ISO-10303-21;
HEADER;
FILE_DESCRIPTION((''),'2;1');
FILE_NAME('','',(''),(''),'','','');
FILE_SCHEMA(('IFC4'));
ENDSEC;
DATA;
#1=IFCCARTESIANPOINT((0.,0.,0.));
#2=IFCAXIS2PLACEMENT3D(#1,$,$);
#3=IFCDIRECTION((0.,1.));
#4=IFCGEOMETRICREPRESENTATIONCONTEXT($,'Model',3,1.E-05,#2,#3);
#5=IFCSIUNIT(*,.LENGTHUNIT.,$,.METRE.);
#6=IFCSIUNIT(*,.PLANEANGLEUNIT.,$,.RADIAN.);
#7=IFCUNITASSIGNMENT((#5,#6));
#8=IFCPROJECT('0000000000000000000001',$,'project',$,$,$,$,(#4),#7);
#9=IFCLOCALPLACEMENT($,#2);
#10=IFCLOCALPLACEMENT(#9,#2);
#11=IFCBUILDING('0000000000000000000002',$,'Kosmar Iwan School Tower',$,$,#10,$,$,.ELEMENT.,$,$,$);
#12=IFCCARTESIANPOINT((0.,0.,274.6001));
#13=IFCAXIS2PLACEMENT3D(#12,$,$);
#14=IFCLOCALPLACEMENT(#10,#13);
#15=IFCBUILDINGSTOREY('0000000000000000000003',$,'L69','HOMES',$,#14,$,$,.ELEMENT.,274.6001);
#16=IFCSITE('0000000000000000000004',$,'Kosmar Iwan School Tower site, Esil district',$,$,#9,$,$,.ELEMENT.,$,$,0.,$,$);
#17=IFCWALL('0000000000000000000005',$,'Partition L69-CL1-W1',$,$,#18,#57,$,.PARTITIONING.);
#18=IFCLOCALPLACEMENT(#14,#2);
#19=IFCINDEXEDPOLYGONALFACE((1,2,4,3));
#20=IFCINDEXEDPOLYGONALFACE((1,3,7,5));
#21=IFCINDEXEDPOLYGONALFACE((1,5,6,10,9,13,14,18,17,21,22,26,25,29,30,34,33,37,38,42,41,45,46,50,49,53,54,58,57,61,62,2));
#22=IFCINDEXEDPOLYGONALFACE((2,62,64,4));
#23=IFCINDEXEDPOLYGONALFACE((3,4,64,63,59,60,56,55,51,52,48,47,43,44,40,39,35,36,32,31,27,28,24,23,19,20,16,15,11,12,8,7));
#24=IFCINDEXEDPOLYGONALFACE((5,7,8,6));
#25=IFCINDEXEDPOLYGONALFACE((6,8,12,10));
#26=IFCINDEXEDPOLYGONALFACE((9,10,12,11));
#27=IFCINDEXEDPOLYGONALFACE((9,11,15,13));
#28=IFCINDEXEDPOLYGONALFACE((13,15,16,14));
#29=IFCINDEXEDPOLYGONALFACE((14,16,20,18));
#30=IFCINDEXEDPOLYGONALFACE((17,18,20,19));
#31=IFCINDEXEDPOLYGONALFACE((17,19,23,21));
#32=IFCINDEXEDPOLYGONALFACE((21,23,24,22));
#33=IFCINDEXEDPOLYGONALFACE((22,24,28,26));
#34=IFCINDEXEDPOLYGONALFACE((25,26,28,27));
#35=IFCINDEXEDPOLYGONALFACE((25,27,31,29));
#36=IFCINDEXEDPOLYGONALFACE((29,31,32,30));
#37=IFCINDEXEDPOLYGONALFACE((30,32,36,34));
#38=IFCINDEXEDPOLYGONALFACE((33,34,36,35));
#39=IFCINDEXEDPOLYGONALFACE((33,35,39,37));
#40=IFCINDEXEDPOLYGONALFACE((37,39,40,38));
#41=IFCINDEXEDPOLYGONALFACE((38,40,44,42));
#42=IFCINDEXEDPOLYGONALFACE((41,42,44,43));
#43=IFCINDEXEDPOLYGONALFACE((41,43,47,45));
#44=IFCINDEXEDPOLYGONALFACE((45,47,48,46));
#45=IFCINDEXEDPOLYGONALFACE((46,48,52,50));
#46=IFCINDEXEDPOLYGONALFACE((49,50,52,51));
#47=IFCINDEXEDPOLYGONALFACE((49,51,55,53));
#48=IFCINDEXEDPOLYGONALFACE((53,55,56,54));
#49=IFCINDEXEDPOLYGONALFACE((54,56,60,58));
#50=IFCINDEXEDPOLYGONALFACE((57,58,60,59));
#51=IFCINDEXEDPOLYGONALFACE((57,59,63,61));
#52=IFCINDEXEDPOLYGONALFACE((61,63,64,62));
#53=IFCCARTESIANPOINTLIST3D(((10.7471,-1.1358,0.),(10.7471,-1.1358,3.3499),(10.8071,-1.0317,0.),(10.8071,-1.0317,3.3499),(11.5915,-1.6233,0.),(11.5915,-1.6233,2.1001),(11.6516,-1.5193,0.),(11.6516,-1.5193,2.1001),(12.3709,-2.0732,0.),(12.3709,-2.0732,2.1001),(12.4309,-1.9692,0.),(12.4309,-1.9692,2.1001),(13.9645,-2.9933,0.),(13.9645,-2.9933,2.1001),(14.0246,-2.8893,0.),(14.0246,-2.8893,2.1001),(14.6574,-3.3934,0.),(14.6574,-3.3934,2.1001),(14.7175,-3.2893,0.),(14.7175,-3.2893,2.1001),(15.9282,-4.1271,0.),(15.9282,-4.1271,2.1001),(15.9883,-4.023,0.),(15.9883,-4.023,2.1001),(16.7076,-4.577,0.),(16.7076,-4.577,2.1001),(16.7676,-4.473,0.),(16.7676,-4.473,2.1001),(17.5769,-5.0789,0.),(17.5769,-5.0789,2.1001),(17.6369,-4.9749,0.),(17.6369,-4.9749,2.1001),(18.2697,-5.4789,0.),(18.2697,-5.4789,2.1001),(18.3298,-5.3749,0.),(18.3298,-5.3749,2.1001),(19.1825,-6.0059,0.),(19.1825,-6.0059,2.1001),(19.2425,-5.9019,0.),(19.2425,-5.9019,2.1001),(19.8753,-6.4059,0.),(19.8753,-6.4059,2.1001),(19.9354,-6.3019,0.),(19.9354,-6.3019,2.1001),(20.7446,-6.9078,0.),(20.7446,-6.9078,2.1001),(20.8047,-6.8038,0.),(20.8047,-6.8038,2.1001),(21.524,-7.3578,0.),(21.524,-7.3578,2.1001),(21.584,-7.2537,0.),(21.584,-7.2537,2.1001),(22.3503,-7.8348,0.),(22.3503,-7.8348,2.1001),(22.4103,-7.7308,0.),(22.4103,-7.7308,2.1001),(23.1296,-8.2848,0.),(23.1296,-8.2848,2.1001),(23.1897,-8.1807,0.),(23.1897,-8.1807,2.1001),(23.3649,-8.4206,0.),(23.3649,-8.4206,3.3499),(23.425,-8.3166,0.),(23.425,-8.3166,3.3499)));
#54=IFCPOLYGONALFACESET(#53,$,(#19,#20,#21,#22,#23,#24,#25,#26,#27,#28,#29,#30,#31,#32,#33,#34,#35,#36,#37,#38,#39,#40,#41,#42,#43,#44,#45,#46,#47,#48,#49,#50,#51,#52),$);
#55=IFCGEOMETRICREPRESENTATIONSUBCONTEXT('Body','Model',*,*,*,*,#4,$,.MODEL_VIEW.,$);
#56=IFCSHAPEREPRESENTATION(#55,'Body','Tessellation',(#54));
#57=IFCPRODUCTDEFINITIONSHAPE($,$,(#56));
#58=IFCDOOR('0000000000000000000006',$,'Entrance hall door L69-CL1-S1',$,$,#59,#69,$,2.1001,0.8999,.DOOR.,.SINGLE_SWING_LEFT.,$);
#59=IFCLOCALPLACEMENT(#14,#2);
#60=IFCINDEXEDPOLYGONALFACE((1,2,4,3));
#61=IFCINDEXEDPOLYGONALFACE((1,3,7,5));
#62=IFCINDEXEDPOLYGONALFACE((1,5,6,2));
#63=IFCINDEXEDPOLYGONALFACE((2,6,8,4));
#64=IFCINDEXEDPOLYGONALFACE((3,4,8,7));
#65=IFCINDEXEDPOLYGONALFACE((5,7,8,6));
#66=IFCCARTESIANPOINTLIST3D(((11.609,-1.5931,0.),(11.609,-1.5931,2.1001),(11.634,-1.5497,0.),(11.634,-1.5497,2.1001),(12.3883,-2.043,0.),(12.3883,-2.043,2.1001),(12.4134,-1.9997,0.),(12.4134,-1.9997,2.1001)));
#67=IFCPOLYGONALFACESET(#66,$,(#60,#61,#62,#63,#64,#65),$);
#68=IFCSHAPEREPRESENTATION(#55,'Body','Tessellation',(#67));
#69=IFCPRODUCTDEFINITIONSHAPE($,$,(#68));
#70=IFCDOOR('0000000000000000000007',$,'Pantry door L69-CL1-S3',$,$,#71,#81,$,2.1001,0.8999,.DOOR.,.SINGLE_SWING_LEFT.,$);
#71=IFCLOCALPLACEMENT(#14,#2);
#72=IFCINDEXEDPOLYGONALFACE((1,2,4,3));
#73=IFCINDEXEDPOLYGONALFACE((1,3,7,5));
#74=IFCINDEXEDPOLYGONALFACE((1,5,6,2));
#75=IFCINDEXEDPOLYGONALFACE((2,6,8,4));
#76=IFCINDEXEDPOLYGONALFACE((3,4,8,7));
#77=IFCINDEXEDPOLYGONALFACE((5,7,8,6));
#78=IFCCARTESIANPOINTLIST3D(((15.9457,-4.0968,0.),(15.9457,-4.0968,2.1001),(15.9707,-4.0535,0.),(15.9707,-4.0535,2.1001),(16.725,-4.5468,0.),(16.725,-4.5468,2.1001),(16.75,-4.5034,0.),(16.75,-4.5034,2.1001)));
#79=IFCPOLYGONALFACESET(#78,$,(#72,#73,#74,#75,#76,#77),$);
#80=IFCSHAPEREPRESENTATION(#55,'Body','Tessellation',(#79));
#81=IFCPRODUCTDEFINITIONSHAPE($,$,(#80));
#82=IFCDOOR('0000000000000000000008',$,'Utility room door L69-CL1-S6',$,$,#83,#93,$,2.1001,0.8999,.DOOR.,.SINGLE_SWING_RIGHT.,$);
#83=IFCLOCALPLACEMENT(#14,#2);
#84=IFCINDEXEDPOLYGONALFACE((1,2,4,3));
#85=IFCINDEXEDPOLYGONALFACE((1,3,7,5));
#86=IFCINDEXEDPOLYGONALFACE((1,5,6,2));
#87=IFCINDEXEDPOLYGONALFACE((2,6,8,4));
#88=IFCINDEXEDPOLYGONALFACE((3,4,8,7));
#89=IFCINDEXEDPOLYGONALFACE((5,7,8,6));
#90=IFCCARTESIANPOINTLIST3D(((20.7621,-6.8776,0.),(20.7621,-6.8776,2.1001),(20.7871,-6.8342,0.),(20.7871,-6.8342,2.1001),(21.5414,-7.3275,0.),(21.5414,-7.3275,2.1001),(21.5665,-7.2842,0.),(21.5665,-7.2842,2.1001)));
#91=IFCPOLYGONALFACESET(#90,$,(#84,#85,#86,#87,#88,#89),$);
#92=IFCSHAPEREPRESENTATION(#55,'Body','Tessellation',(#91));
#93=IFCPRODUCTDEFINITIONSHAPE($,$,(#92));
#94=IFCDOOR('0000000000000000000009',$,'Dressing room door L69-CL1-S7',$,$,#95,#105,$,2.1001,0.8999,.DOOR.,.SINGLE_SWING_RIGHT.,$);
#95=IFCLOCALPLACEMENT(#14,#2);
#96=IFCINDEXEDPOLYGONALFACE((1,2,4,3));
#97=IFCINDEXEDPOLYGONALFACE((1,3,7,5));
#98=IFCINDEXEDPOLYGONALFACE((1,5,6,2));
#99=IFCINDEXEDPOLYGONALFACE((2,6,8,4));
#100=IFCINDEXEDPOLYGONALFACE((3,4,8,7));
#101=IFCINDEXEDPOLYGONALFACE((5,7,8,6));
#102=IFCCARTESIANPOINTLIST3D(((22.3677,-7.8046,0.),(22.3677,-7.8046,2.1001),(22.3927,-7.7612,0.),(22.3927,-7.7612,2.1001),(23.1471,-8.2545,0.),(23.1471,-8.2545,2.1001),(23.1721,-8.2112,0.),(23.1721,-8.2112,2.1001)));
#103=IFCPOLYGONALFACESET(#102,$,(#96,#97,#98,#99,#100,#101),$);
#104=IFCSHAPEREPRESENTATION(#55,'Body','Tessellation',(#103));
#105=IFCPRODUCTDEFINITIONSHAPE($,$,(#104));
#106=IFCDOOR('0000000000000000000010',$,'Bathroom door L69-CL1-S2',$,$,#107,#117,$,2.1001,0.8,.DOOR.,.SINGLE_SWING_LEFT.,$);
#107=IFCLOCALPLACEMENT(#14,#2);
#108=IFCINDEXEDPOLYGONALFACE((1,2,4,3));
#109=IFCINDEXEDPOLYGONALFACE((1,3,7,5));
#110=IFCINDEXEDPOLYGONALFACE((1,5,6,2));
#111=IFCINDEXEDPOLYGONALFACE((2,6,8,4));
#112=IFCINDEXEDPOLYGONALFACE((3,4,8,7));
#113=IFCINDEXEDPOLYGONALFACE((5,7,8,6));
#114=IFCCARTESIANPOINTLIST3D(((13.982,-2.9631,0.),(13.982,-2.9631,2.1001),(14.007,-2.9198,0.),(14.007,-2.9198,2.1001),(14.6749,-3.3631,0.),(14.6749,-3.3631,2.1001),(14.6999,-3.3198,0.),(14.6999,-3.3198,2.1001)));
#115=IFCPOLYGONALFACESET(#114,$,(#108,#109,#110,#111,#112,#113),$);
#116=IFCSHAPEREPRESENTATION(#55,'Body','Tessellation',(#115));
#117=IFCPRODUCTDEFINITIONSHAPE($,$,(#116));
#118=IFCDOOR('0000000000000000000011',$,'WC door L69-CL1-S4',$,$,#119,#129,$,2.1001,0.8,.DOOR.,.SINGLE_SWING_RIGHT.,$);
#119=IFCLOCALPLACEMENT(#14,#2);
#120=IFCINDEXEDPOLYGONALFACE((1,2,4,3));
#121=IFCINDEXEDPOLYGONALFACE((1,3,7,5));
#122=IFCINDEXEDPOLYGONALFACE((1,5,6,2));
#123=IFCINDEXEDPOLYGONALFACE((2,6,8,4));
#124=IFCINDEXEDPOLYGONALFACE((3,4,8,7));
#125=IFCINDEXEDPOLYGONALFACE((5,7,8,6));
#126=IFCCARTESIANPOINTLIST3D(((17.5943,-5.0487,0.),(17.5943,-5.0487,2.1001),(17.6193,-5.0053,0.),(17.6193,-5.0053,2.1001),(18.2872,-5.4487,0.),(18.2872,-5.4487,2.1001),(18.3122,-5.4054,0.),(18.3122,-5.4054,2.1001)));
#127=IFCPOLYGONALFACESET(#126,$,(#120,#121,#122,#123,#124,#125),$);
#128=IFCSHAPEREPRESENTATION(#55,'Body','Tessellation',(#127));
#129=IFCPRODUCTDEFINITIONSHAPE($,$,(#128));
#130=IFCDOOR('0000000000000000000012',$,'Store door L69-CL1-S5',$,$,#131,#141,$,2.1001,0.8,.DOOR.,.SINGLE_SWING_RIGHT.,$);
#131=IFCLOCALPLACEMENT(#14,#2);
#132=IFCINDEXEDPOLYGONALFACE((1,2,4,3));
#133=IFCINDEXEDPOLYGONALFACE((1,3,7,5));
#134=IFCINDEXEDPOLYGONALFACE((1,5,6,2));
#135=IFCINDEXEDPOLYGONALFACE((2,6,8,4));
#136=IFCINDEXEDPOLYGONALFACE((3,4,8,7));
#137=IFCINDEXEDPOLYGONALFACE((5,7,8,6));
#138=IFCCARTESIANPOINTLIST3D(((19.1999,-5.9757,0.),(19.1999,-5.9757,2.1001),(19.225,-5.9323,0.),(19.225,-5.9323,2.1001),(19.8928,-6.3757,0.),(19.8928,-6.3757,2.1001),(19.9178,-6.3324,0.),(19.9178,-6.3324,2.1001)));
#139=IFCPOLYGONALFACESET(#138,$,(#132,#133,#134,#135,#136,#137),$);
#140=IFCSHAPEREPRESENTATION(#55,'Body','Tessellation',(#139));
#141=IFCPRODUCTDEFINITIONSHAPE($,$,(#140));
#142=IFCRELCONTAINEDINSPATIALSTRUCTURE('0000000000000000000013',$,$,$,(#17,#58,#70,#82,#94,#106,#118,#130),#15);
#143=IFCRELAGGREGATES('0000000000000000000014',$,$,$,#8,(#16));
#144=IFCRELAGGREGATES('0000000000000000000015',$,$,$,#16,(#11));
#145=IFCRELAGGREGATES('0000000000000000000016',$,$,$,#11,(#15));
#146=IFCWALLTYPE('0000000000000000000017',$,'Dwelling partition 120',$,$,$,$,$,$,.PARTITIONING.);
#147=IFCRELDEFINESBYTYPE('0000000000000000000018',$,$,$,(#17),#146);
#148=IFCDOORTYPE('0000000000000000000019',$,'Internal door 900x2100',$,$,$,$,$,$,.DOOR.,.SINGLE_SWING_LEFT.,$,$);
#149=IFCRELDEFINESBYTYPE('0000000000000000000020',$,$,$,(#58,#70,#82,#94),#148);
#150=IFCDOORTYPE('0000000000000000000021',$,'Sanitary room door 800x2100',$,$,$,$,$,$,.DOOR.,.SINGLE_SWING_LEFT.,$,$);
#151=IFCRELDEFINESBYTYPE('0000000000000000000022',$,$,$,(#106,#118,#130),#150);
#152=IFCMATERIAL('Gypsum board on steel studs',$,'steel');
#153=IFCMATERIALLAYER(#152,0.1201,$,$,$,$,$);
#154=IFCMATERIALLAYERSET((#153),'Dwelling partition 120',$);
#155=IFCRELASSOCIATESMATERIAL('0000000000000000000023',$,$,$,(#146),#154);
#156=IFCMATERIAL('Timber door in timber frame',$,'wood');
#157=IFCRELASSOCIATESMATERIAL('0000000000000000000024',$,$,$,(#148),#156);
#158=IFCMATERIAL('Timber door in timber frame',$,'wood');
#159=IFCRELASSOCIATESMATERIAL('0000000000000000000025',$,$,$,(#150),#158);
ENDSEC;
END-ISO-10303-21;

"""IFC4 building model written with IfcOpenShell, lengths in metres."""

from ifc_helpers import new_model, si_unit, direction, frame, frame_2d, origin, place, context, subcontext, project, spatial, rectangle, extrude, material, layer, layer_set, type_object, element, fill, save


model = new_model("IFC4")

# Units and contexts
model_context = context("Model", 3, precision=1e-05, world=origin(), true_north=direction((0.0, 1.0)))
body_context = subcontext(model_context, "Body", "Model", "MODEL_VIEW")
ifc_project = project(units=[si_unit("LENGTHUNIT", "METRE"), si_unit("PLANEANGLEUNIT", "RADIAN")], contexts=[model_context])

# Site, building, storey
site_placement = place(None, origin())
site = spatial("IfcSite", under=ifc_project, at=site_placement, Name="Kosmar Iwan School Tower site, Esil district", CompositionType="ELEMENT", RefElevation=0.0)
building_placement = place(site_placement, origin())
building = spatial("IfcBuilding", under=site, at=building_placement, Name="Kosmar Iwan School Tower", CompositionType="ELEMENT")
storey_placement = place(building_placement, frame((0.0, 0.0, 274.6001)))
storey = spatial("IfcBuildingStorey", under=building, at=storey_placement, Name="L69", Description="HOMES", CompositionType="ELEMENT", Elevation=274.6001)

# Wall, openings, doors
ifc_material_1 = material(Name="Gypsum board on steel studs", Category="steel")
ifc_layer_1 = layer(ifc_material_1, 0.1201)
ifc_layer_set_1 = layer_set([ifc_layer_1], Name="Dwelling partition 120")
wall_type_1 = type_object("IfcWallType", Name="Dwelling partition 120", PredefinedType="PARTITIONING", material=ifc_layer_set_1)
wall_1_placement = place(storey_placement, frame((10.7771, -1.0837, 0.0), z_axis=(0.0, 0.0, 1.0), x_axis=(0.866027, -0.499998, 0.0)))
wall_1 = element("IfcWall", 1, at=wall_1_placement, inside=storey, type_object=wall_type_1, Name="Partition L69-CL1-W1", PredefinedType="PARTITIONING", context=body_context, shape_type="SweptSolid", body=[
    extrude(rectangle(XDim=14.5698, YDim=0.1201, at=frame_2d((7.2849, 0.0))), origin(), (0.0, 0.0, 1.0), 3.3499),
])
opening_1_placement = place(wall_1_placement, frame((0.9751, 0.0, 0.0)))
opening_1 = element("IfcOpeningElement", 2, at=opening_1_placement, cuts=wall_1, PredefinedType="OPENING", context=body_context, shape_type="SweptSolid", body=[
    extrude(rectangle(XDim=0.8999, YDim=2.1001, at=frame_2d((0.45, 1.05))), frame((0.0, 0.072, 0.0), z_axis=(0.0, -1.0, 0.0), x_axis=(1.0, 0.0, 0.0)), (0.0, 0.0, 1.0), 0.144),
])
opening_2_placement = place(wall_1_placement, frame((3.7153, 0.0, 0.0)))
opening_2 = element("IfcOpeningElement", 3, at=opening_2_placement, cuts=wall_1, PredefinedType="OPENING", context=body_context, shape_type="SweptSolid", body=[
    extrude(rectangle(XDim=0.8, YDim=2.1001, at=frame_2d((0.3999, 1.05))), frame((0.0, 0.072, 0.0), z_axis=(0.0, -1.0, 0.0), x_axis=(1.0, 0.0, 0.0)), (0.0, 0.0, 1.0), 0.144),
])
opening_3_placement = place(wall_1_placement, frame((5.9827, 0.0, 0.0)))
opening_3 = element("IfcOpeningElement", 4, at=opening_3_placement, cuts=wall_1, PredefinedType="OPENING", context=body_context, shape_type="SweptSolid", body=[
    extrude(rectangle(XDim=0.8999, YDim=2.1001, at=frame_2d((0.45, 1.05))), frame((0.0, 0.072, 0.0), z_axis=(0.0, -1.0, 0.0), x_axis=(1.0, 0.0, 0.0)), (0.0, 0.0, 1.0), 0.144),
])
opening_4_placement = place(wall_1_placement, frame((7.8865, 0.0, 0.0)))
opening_4 = element("IfcOpeningElement", 5, at=opening_4_placement, cuts=wall_1, PredefinedType="OPENING", context=body_context, shape_type="SweptSolid", body=[
    extrude(rectangle(XDim=0.8, YDim=2.1001, at=frame_2d((0.3999, 1.05))), frame((0.0, 0.072, 0.0), z_axis=(0.0, -1.0, 0.0), x_axis=(1.0, 0.0, 0.0)), (0.0, 0.0, 1.0), 0.144),
])
opening_5_placement = place(wall_1_placement, frame((9.7405, 0.0, 0.0)))
opening_5 = element("IfcOpeningElement", 6, at=opening_5_placement, cuts=wall_1, PredefinedType="OPENING", context=body_context, shape_type="SweptSolid", body=[
    extrude(rectangle(XDim=0.8, YDim=2.1001, at=frame_2d((0.3999, 1.05))), frame((0.0, 0.072, 0.0), z_axis=(0.0, -1.0, 0.0), x_axis=(1.0, 0.0, 0.0)), (0.0, 0.0, 1.0), 0.144),
])
opening_6_placement = place(wall_1_placement, frame((11.5442, 0.0, 0.0)))
opening_6 = element("IfcOpeningElement", 7, at=opening_6_placement, cuts=wall_1, PredefinedType="OPENING", context=body_context, shape_type="SweptSolid", body=[
    extrude(rectangle(XDim=0.8999, YDim=2.1001, at=frame_2d((0.45, 1.05))), frame((0.0, 0.072, 0.0), z_axis=(0.0, -1.0, 0.0), x_axis=(1.0, 0.0, 0.0)), (0.0, 0.0, 1.0), 0.144),
])
opening_7_placement = place(wall_1_placement, frame((13.3982, 0.0, 0.0)))
opening_7 = element("IfcOpeningElement", 8, at=opening_7_placement, cuts=wall_1, PredefinedType="OPENING", context=body_context, shape_type="SweptSolid", body=[
    extrude(rectangle(XDim=0.8999, YDim=2.1001, at=frame_2d((0.45, 1.05))), frame((0.0, 0.072, 0.0), z_axis=(0.0, -1.0, 0.0), x_axis=(1.0, 0.0, 0.0)), (0.0, 0.0, 1.0), 0.144),
])
ifc_material_2 = material(Name="Timber door in timber frame", Category="wood")
door_type_1 = type_object("IfcDoorType", Name="Internal door 900x2100", OperationType="SINGLE_SWING_LEFT", PredefinedType="DOOR", material=ifc_material_2)
door_1_placement = place(opening_1_placement, origin())
door_1 = element("IfcDoor", 9, at=door_1_placement, inside=storey, type_object=door_type_1, Name="Entrance hall door L69-CL1-S1", OperationType="SINGLE_SWING_LEFT", OverallHeight=2.1001, OverallWidth=0.8999, PredefinedType="DOOR", context=body_context, shape_type="SweptSolid", body=[
    extrude(rectangle(XDim=0.8999, YDim=2.1001, at=frame_2d((0.45, 1.05))), frame((0.0, 0.0249, 0.0), z_axis=(0.0, -1.0, 0.0), x_axis=(1.0, 0.0, 0.0)), (0.0, 0.0, 1.0), 0.05),
])
fill(opening_1, door_1)
door_2_placement = place(opening_3_placement, origin())
door_2 = element("IfcDoor", 10, at=door_2_placement, inside=storey, type_object=door_type_1, Name="Pantry door L69-CL1-S3", OperationType="SINGLE_SWING_LEFT", OverallHeight=2.1001, OverallWidth=0.8999, PredefinedType="DOOR", context=body_context, shape_type="SweptSolid", body=[
    extrude(rectangle(XDim=0.8999, YDim=2.1001, at=frame_2d((0.45, 1.05))), frame((0.0, 0.0249, 0.0), z_axis=(0.0, -1.0, 0.0), x_axis=(1.0, 0.0, 0.0)), (0.0, 0.0, 1.0), 0.05),
])
fill(opening_3, door_2)
door_3_placement = place(opening_6_placement, origin())
door_3 = element("IfcDoor", 11, at=door_3_placement, inside=storey, type_object=door_type_1, Name="Utility room door L69-CL1-S6", OperationType="SINGLE_SWING_RIGHT", OverallHeight=2.1001, OverallWidth=0.8999, PredefinedType="DOOR", context=body_context, shape_type="SweptSolid", body=[
    extrude(rectangle(XDim=0.8999, YDim=2.1001, at=frame_2d((0.45, 1.05))), frame((0.0, 0.0249, 0.0), z_axis=(0.0, -1.0, 0.0), x_axis=(1.0, 0.0, 0.0)), (0.0, 0.0, 1.0), 0.05),
])
fill(opening_6, door_3)
door_4_placement = place(opening_7_placement, origin())
door_4 = element("IfcDoor", 12, at=door_4_placement, inside=storey, type_object=door_type_1, Name="Dressing room door L69-CL1-S7", OperationType="SINGLE_SWING_RIGHT", OverallHeight=2.1001, OverallWidth=0.8999, PredefinedType="DOOR", context=body_context, shape_type="SweptSolid", body=[
    extrude(rectangle(XDim=0.8999, YDim=2.1001, at=frame_2d((0.45, 1.05))), frame((0.0, 0.0249, 0.0), z_axis=(0.0, -1.0, 0.0), x_axis=(1.0, 0.0, 0.0)), (0.0, 0.0, 1.0), 0.05),
])
fill(opening_7, door_4)
ifc_material_3 = material(Name="Timber door in timber frame", Category="wood")
door_type_2 = type_object("IfcDoorType", Name="Sanitary room door 800x2100", OperationType="SINGLE_SWING_LEFT", PredefinedType="DOOR", material=ifc_material_3)
door_5_placement = place(opening_2_placement, origin())
door_5 = element("IfcDoor", 13, at=door_5_placement, inside=storey, type_object=door_type_2, Name="Bathroom door L69-CL1-S2", OperationType="SINGLE_SWING_LEFT", OverallHeight=2.1001, OverallWidth=0.8, PredefinedType="DOOR", context=body_context, shape_type="SweptSolid", body=[
    extrude(rectangle(XDim=0.8, YDim=2.1001, at=frame_2d((0.3999, 1.05))), frame((0.0, 0.0249, 0.0), z_axis=(0.0, -1.0, 0.0), x_axis=(1.0, 0.0, 0.0)), (0.0, 0.0, 1.0), 0.05),
])
fill(opening_2, door_5)
door_6_placement = place(opening_4_placement, origin())
door_6 = element("IfcDoor", 14, at=door_6_placement, inside=storey, type_object=door_type_2, Name="WC door L69-CL1-S4", OperationType="SINGLE_SWING_RIGHT", OverallHeight=2.1001, OverallWidth=0.8, PredefinedType="DOOR", context=body_context, shape_type="SweptSolid", body=[
    extrude(rectangle(XDim=0.8, YDim=2.1001, at=frame_2d((0.3999, 1.05))), frame((0.0, 0.0249, 0.0), z_axis=(0.0, -1.0, 0.0), x_axis=(1.0, 0.0, 0.0)), (0.0, 0.0, 1.0), 0.05),
])
fill(opening_4, door_6)
door_7_placement = place(opening_5_placement, origin())
door_7 = element("IfcDoor", 15, at=door_7_placement, inside=storey, type_object=door_type_2, Name="Store door L69-CL1-S5", OperationType="SINGLE_SWING_RIGHT", OverallHeight=2.1001, OverallWidth=0.8, PredefinedType="DOOR", context=body_context, shape_type="SweptSolid", body=[
    extrude(rectangle(XDim=0.8, YDim=2.1001, at=frame_2d((0.3999, 1.05))), frame((0.0, 0.0249, 0.0), z_axis=(0.0, -1.0, 0.0), x_axis=(1.0, 0.0, 0.0)), (0.0, 0.0, 1.0), 0.05),
])
fill(opening_5, door_7)

save(model, "model.ifc")
